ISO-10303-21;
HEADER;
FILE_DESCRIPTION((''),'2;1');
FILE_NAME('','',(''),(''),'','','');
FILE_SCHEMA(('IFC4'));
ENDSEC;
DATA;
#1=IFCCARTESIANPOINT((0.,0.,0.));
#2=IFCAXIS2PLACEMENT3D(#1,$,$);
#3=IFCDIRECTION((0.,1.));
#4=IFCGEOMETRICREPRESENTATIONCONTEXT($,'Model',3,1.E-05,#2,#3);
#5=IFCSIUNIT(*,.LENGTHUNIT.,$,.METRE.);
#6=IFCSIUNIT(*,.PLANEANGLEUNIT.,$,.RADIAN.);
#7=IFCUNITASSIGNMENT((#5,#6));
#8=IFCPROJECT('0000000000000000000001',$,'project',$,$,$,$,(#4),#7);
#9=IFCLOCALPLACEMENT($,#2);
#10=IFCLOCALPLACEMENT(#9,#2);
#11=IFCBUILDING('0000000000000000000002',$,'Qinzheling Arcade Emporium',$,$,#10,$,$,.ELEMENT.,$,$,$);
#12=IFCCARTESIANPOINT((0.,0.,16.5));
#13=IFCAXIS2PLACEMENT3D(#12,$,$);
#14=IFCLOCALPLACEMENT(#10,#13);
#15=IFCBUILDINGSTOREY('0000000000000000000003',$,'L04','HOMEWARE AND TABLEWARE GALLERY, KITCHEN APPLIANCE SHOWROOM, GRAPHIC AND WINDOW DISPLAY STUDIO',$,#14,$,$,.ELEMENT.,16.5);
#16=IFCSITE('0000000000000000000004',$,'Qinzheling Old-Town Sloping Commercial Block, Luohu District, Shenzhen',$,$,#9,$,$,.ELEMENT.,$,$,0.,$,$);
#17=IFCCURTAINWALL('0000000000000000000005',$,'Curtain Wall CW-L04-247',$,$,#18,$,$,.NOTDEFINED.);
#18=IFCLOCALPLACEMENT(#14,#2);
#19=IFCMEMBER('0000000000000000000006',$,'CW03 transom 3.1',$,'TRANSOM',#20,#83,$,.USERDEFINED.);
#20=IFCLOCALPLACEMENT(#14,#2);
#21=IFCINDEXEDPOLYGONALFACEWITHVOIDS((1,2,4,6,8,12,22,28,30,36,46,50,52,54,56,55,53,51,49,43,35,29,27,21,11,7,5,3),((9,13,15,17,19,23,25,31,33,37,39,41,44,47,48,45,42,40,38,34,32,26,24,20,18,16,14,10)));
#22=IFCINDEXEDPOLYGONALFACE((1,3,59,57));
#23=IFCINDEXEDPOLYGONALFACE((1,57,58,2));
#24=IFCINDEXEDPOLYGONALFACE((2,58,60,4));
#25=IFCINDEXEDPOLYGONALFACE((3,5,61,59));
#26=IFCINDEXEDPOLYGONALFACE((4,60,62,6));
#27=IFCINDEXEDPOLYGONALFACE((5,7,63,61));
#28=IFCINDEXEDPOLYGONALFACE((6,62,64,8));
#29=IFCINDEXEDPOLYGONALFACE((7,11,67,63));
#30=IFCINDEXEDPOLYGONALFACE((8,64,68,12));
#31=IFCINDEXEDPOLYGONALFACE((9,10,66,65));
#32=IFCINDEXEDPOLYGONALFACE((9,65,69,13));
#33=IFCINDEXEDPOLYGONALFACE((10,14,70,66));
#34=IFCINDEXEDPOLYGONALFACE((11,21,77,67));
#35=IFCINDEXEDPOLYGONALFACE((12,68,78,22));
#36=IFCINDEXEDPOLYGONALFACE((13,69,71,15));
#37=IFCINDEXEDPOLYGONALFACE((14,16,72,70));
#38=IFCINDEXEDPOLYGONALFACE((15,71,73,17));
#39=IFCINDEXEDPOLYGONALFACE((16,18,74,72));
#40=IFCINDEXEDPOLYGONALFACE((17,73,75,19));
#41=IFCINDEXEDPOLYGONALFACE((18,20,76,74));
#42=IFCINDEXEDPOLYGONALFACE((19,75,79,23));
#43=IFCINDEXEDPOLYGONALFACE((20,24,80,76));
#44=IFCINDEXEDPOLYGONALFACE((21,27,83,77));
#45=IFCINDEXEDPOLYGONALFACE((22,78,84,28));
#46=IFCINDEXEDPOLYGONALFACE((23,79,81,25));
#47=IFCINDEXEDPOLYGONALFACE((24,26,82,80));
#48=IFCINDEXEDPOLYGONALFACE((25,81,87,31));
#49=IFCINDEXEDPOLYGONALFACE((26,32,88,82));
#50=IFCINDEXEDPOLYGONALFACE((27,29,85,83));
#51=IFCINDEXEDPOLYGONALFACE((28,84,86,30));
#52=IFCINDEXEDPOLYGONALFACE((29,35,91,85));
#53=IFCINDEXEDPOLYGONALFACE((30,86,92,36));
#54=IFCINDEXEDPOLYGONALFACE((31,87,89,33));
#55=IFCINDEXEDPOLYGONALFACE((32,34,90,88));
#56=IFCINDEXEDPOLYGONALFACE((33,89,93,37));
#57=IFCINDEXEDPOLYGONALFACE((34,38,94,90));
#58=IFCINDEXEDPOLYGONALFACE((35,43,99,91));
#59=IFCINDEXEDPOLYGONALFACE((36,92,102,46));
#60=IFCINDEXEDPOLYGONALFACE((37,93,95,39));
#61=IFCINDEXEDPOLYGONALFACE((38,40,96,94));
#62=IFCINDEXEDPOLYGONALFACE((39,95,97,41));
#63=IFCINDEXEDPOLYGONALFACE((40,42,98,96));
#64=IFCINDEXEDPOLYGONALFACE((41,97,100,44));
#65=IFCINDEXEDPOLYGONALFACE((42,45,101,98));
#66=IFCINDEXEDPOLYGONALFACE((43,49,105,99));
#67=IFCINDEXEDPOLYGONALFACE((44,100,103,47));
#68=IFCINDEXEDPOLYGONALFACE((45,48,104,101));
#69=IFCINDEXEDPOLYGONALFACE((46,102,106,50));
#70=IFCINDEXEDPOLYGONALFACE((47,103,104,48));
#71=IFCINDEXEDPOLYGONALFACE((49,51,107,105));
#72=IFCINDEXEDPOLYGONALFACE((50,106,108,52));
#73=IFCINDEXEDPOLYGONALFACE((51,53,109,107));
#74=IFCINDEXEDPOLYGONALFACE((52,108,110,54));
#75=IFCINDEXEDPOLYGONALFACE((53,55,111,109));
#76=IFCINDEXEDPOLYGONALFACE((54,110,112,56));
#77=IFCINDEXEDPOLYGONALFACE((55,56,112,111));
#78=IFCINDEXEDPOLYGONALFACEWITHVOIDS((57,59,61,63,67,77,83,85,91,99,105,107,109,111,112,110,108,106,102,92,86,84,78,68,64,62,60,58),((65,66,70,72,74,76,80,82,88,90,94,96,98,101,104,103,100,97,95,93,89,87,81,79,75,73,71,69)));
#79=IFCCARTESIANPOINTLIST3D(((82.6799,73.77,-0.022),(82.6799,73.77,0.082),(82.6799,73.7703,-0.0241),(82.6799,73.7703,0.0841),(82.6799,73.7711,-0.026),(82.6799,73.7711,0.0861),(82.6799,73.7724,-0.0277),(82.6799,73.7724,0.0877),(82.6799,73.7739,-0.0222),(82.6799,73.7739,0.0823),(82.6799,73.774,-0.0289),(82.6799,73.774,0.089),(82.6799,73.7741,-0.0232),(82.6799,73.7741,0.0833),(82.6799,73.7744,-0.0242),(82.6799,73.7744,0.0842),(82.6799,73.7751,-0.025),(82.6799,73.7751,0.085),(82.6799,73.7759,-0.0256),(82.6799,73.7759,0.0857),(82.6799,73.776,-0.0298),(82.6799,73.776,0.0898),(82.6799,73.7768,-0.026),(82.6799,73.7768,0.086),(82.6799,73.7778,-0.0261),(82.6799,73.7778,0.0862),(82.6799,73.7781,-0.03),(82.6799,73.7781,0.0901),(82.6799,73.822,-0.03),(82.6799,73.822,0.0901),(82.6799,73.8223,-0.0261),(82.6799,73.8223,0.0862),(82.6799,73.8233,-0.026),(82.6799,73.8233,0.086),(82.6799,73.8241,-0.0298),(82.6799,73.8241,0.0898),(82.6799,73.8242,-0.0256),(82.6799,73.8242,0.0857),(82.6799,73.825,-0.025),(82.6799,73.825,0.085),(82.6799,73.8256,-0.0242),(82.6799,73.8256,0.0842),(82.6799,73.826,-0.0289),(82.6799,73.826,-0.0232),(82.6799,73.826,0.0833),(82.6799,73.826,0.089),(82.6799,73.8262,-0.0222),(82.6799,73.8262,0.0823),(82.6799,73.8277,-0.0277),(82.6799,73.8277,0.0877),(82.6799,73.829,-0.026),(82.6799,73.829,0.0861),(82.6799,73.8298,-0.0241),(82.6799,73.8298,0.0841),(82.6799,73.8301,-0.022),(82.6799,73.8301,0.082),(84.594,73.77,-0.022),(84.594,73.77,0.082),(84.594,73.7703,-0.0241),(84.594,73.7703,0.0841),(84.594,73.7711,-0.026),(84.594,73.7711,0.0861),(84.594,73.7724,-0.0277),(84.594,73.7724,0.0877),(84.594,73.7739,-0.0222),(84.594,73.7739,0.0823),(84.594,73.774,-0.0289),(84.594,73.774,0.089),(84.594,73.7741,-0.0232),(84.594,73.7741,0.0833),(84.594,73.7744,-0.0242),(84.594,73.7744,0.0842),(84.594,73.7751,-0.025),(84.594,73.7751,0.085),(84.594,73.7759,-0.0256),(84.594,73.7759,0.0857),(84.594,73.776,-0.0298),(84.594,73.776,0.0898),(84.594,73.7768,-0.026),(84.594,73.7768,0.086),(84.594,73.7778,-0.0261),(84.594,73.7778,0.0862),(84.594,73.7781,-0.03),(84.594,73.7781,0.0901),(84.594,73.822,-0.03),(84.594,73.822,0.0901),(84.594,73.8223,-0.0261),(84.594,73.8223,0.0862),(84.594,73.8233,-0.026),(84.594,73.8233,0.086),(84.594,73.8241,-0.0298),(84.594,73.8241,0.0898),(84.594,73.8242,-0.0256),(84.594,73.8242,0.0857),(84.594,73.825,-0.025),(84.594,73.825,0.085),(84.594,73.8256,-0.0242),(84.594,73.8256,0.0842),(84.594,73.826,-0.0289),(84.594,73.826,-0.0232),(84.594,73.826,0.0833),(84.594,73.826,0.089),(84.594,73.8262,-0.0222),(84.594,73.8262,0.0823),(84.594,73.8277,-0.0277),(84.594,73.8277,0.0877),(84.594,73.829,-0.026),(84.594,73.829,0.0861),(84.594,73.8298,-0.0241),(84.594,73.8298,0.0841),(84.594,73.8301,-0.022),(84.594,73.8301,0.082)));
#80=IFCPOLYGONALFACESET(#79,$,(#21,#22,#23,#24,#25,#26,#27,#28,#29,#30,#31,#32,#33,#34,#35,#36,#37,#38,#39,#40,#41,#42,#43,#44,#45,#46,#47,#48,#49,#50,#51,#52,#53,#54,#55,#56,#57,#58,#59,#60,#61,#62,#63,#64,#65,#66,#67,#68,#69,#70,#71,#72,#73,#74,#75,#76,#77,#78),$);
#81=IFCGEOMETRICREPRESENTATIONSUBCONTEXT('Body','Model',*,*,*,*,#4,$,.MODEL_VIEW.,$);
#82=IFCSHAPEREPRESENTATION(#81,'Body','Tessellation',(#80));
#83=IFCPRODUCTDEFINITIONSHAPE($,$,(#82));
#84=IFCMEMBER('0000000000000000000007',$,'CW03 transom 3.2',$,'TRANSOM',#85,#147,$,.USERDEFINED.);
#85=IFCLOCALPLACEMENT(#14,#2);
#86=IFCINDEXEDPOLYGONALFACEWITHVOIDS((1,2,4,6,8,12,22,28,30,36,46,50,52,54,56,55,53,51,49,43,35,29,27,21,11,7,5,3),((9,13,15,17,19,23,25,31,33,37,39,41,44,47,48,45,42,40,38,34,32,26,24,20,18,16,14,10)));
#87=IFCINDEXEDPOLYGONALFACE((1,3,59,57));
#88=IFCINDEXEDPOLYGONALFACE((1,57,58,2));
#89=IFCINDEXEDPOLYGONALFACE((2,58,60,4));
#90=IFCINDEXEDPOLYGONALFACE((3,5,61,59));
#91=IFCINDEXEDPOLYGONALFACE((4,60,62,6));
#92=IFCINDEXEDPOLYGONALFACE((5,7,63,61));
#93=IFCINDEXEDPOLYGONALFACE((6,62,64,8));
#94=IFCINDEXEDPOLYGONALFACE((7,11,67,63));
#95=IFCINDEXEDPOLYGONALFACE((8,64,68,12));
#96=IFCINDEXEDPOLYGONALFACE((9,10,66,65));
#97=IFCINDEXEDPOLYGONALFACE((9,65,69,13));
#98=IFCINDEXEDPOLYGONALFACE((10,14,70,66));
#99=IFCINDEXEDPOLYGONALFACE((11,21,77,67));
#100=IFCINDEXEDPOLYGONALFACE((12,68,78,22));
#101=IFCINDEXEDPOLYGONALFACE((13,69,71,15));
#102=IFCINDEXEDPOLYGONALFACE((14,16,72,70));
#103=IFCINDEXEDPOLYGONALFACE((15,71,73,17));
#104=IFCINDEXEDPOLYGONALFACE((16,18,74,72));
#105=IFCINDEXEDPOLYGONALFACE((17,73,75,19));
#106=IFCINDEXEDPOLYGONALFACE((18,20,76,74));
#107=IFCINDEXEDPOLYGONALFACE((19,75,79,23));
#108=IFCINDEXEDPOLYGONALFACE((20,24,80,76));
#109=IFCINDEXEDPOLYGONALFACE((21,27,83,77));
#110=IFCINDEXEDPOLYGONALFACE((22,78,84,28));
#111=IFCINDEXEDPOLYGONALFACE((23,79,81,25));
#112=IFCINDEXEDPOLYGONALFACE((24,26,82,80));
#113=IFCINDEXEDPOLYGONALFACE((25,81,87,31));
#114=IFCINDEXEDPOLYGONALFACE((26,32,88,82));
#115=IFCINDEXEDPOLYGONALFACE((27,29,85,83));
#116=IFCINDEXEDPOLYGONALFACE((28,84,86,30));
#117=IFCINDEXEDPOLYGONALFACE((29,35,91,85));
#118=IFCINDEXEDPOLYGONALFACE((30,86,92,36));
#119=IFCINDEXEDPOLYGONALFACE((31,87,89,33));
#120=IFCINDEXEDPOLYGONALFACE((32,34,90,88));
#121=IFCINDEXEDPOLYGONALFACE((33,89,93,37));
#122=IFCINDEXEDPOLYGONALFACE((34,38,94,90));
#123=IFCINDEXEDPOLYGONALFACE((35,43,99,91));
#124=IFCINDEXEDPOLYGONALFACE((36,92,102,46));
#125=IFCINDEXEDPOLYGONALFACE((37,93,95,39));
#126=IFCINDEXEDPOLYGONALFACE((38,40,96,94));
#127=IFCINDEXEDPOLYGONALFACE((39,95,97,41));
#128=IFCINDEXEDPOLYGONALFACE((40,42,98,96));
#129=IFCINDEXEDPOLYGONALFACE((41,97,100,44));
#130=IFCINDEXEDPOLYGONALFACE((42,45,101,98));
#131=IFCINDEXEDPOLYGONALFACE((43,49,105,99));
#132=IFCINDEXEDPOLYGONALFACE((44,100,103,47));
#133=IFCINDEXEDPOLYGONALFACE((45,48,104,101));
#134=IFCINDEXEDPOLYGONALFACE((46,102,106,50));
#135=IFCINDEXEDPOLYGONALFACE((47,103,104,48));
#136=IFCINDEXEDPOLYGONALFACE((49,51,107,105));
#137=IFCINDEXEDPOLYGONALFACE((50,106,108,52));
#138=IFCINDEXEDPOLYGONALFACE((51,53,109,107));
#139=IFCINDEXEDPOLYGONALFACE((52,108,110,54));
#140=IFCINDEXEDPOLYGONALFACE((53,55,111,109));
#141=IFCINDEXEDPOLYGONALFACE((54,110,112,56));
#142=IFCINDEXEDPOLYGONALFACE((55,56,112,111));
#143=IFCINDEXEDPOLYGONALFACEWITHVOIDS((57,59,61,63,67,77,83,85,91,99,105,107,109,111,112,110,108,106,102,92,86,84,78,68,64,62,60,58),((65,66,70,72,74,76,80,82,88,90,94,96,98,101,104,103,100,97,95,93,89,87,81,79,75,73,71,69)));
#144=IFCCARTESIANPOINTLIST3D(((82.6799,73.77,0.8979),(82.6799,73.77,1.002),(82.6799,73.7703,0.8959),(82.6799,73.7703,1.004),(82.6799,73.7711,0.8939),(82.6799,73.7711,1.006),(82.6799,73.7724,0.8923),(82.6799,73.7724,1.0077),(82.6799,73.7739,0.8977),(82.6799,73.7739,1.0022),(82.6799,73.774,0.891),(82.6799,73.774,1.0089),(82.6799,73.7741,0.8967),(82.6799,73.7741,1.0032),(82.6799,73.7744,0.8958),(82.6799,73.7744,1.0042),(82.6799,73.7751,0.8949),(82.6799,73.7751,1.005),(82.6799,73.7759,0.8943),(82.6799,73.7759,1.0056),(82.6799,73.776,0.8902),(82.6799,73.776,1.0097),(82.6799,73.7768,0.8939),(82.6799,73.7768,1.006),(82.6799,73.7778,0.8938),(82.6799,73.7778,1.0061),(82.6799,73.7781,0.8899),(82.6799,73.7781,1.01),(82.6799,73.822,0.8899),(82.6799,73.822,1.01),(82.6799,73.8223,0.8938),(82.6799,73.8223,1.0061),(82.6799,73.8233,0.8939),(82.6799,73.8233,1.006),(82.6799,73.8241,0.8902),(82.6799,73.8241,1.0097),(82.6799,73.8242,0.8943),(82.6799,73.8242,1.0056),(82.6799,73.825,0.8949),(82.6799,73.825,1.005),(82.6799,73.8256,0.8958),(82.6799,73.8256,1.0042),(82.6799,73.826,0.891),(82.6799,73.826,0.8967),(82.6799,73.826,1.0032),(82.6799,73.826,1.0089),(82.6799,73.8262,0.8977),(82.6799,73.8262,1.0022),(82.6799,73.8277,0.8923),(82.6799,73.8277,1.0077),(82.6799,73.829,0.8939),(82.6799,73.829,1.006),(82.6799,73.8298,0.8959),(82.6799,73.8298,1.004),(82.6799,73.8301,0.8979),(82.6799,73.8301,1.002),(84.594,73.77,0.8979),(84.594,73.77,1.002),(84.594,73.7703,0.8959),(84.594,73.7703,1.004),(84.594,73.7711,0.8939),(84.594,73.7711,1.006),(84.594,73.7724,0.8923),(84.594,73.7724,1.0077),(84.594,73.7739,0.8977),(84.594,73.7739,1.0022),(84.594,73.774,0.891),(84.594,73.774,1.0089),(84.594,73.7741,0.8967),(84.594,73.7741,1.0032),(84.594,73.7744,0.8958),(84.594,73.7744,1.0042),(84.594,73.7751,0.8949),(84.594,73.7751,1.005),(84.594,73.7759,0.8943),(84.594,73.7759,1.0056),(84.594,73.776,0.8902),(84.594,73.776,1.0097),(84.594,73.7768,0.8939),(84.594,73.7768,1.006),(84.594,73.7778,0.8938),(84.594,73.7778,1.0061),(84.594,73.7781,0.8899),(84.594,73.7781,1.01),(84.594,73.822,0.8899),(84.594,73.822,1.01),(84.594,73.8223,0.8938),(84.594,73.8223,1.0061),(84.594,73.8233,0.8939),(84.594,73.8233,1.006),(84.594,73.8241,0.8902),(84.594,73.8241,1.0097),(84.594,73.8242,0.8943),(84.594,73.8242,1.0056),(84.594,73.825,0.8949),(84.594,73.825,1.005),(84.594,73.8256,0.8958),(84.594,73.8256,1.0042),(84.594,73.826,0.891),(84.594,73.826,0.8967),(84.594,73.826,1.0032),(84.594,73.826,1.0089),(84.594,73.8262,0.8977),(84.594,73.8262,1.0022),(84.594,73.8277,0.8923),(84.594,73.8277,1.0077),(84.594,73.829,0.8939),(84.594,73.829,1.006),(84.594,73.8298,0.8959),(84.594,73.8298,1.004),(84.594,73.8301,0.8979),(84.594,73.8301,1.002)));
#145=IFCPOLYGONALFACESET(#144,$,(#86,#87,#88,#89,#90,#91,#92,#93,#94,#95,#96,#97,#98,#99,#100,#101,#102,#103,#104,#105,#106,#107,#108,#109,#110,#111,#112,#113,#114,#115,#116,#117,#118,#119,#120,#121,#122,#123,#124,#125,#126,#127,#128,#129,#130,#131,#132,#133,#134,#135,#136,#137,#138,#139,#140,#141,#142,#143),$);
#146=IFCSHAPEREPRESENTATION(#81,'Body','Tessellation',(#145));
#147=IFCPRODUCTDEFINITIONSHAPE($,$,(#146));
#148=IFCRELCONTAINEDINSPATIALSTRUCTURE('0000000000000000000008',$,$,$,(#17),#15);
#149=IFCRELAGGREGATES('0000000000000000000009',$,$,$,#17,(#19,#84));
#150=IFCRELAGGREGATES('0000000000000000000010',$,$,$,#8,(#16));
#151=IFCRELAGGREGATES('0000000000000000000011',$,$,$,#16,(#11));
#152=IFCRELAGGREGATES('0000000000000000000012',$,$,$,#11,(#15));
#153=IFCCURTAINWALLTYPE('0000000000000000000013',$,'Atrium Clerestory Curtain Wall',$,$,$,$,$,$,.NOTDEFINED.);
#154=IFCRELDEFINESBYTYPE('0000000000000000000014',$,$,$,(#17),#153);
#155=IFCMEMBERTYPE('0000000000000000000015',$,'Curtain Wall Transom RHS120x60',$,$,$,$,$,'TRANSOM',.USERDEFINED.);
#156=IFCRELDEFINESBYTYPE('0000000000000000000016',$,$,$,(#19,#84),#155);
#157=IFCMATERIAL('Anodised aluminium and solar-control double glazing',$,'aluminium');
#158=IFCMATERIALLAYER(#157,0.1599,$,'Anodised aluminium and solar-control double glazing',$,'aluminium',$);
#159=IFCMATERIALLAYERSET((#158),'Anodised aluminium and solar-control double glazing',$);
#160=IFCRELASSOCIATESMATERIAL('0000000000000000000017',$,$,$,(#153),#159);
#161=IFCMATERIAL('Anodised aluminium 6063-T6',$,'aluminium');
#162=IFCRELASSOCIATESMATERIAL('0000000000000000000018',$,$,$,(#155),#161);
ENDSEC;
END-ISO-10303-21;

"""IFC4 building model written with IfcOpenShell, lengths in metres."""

from ifc_helpers import new_model, si_unit, direction, frame, origin, origin_2d, place, context, subcontext, project, spatial, hollow_rectangle, extrude, material, layer, layer_set, material_profile, profile_set, type_object, element, aggregate, save


model = new_model("IFC4")

# Units and contexts
model_context = context("Model", 3, precision=1e-05, world=origin(), true_north=direction((0.0, 1.0)))
body_context = subcontext(model_context, "Body", "Model", "MODEL_VIEW")
ifc_project = project(units=[si_unit("LENGTHUNIT", "METRE"), si_unit("PLANEANGLEUNIT", "RADIAN")], contexts=[model_context])

# Site, building, storey
site_placement = place(None, origin())
site = spatial("IfcSite", under=ifc_project, at=site_placement, Name="Qinzheling Old-Town Sloping Commercial Block, Luohu District, Shenzhen", CompositionType="ELEMENT", RefElevation=0.0)
building_placement = place(site_placement, origin())
building = spatial("IfcBuilding", under=site, at=building_placement, Name="Qinzheling Arcade Emporium", CompositionType="ELEMENT")
storey_placement = place(building_placement, frame((0.0, 0.0, 16.5)))
storey = spatial("IfcBuildingStorey", under=building, at=storey_placement, Name="L04", Description="HOMEWARE AND TABLEWARE GALLERY, KITCHEN APPLIANCE SHOWROOM, GRAPHIC AND WINDOW DISPLAY STUDIO", CompositionType="ELEMENT", Elevation=16.5)

# Curtain wall
ifc_material_1 = material(Name="Anodised aluminium and solar-control double glazing", Category="aluminium")
ifc_layer_1 = layer(ifc_material_1, 0.1599, Name="Anodised aluminium and solar-control double glazing", Category="aluminium")
ifc_layer_set_1 = layer_set([ifc_layer_1], Name="Anodised aluminium and solar-control double glazing")
curtain_wall_type = type_object("IfcCurtainWallType", Name="Atrium Clerestory Curtain Wall", PredefinedType="NOTDEFINED", material=ifc_layer_set_1)
ifc_material_2 = material(Name="Anodised aluminium 6063-T6", Category="aluminium")
curtain_wall_1_placement = place(storey_placement, origin())
curtain_wall_1 = element("IfcCurtainWall", 1, at=curtain_wall_1_placement, inside=storey, type_object=curtain_wall_type, Name="Curtain Wall CW-L04-247", PredefinedType="NOTDEFINED")

# Members
ifc_material_profile_1 = material_profile(ifc_material_2, hollow_rectangle(XDim=0.0601, YDim=0.1201, WallThickness=0.0039, InnerFilletRadius=0.0039, OuterFilletRadius=0.0081, at=origin_2d()), Name="RHS 120x60x4", Category="aluminium")
ifc_profile_set_1 = profile_set([ifc_material_profile_1], Name="Anodised aluminium 6063-T6")
member_type_1 = type_object("IfcMemberType", Name="Curtain Wall Transom RHS120x60", ElementType="TRANSOM", PredefinedType="USERDEFINED", material=ifc_profile_set_1)
member_1_placement = place(storey_placement, frame((82.6799, 73.8, 0.03), z_axis=(1.0, 0.0, 0.0), x_axis=(0.0, 1.0, 0.0)))
member_1 = element("IfcMember", 2, at=member_1_placement, type_object=member_type_1, Name="CW03 transom 3.1", ObjectType="TRANSOM", PredefinedType="USERDEFINED", context=body_context, shape_type="SweptSolid", body=[
    extrude(hollow_rectangle(XDim=0.0601, YDim=0.1201, WallThickness=0.0039, InnerFilletRadius=0.0039, OuterFilletRadius=0.0081, at=origin_2d()), origin(), (0.0, 0.0, 1.0), 1.9141),
])
member_2_placement = place(storey_placement, frame((82.6799, 73.8, 0.95), z_axis=(1.0, 0.0, 0.0), x_axis=(0.0, 1.0, 0.0)))
member_2 = element("IfcMember", 3, at=member_2_placement, type_object=member_type_1, Name="CW03 transom 3.2", ObjectType="TRANSOM", PredefinedType="USERDEFINED", context=body_context, shape_type="SweptSolid", body=[
    extrude(hollow_rectangle(XDim=0.0601, YDim=0.1201, WallThickness=0.0039, InnerFilletRadius=0.0039, OuterFilletRadius=0.0081, at=origin_2d()), origin(), (0.0, 0.0, 1.0), 1.9141),
])

aggregate(curtain_wall_1, [member_1, member_2])

save(model, "model.ifc")
